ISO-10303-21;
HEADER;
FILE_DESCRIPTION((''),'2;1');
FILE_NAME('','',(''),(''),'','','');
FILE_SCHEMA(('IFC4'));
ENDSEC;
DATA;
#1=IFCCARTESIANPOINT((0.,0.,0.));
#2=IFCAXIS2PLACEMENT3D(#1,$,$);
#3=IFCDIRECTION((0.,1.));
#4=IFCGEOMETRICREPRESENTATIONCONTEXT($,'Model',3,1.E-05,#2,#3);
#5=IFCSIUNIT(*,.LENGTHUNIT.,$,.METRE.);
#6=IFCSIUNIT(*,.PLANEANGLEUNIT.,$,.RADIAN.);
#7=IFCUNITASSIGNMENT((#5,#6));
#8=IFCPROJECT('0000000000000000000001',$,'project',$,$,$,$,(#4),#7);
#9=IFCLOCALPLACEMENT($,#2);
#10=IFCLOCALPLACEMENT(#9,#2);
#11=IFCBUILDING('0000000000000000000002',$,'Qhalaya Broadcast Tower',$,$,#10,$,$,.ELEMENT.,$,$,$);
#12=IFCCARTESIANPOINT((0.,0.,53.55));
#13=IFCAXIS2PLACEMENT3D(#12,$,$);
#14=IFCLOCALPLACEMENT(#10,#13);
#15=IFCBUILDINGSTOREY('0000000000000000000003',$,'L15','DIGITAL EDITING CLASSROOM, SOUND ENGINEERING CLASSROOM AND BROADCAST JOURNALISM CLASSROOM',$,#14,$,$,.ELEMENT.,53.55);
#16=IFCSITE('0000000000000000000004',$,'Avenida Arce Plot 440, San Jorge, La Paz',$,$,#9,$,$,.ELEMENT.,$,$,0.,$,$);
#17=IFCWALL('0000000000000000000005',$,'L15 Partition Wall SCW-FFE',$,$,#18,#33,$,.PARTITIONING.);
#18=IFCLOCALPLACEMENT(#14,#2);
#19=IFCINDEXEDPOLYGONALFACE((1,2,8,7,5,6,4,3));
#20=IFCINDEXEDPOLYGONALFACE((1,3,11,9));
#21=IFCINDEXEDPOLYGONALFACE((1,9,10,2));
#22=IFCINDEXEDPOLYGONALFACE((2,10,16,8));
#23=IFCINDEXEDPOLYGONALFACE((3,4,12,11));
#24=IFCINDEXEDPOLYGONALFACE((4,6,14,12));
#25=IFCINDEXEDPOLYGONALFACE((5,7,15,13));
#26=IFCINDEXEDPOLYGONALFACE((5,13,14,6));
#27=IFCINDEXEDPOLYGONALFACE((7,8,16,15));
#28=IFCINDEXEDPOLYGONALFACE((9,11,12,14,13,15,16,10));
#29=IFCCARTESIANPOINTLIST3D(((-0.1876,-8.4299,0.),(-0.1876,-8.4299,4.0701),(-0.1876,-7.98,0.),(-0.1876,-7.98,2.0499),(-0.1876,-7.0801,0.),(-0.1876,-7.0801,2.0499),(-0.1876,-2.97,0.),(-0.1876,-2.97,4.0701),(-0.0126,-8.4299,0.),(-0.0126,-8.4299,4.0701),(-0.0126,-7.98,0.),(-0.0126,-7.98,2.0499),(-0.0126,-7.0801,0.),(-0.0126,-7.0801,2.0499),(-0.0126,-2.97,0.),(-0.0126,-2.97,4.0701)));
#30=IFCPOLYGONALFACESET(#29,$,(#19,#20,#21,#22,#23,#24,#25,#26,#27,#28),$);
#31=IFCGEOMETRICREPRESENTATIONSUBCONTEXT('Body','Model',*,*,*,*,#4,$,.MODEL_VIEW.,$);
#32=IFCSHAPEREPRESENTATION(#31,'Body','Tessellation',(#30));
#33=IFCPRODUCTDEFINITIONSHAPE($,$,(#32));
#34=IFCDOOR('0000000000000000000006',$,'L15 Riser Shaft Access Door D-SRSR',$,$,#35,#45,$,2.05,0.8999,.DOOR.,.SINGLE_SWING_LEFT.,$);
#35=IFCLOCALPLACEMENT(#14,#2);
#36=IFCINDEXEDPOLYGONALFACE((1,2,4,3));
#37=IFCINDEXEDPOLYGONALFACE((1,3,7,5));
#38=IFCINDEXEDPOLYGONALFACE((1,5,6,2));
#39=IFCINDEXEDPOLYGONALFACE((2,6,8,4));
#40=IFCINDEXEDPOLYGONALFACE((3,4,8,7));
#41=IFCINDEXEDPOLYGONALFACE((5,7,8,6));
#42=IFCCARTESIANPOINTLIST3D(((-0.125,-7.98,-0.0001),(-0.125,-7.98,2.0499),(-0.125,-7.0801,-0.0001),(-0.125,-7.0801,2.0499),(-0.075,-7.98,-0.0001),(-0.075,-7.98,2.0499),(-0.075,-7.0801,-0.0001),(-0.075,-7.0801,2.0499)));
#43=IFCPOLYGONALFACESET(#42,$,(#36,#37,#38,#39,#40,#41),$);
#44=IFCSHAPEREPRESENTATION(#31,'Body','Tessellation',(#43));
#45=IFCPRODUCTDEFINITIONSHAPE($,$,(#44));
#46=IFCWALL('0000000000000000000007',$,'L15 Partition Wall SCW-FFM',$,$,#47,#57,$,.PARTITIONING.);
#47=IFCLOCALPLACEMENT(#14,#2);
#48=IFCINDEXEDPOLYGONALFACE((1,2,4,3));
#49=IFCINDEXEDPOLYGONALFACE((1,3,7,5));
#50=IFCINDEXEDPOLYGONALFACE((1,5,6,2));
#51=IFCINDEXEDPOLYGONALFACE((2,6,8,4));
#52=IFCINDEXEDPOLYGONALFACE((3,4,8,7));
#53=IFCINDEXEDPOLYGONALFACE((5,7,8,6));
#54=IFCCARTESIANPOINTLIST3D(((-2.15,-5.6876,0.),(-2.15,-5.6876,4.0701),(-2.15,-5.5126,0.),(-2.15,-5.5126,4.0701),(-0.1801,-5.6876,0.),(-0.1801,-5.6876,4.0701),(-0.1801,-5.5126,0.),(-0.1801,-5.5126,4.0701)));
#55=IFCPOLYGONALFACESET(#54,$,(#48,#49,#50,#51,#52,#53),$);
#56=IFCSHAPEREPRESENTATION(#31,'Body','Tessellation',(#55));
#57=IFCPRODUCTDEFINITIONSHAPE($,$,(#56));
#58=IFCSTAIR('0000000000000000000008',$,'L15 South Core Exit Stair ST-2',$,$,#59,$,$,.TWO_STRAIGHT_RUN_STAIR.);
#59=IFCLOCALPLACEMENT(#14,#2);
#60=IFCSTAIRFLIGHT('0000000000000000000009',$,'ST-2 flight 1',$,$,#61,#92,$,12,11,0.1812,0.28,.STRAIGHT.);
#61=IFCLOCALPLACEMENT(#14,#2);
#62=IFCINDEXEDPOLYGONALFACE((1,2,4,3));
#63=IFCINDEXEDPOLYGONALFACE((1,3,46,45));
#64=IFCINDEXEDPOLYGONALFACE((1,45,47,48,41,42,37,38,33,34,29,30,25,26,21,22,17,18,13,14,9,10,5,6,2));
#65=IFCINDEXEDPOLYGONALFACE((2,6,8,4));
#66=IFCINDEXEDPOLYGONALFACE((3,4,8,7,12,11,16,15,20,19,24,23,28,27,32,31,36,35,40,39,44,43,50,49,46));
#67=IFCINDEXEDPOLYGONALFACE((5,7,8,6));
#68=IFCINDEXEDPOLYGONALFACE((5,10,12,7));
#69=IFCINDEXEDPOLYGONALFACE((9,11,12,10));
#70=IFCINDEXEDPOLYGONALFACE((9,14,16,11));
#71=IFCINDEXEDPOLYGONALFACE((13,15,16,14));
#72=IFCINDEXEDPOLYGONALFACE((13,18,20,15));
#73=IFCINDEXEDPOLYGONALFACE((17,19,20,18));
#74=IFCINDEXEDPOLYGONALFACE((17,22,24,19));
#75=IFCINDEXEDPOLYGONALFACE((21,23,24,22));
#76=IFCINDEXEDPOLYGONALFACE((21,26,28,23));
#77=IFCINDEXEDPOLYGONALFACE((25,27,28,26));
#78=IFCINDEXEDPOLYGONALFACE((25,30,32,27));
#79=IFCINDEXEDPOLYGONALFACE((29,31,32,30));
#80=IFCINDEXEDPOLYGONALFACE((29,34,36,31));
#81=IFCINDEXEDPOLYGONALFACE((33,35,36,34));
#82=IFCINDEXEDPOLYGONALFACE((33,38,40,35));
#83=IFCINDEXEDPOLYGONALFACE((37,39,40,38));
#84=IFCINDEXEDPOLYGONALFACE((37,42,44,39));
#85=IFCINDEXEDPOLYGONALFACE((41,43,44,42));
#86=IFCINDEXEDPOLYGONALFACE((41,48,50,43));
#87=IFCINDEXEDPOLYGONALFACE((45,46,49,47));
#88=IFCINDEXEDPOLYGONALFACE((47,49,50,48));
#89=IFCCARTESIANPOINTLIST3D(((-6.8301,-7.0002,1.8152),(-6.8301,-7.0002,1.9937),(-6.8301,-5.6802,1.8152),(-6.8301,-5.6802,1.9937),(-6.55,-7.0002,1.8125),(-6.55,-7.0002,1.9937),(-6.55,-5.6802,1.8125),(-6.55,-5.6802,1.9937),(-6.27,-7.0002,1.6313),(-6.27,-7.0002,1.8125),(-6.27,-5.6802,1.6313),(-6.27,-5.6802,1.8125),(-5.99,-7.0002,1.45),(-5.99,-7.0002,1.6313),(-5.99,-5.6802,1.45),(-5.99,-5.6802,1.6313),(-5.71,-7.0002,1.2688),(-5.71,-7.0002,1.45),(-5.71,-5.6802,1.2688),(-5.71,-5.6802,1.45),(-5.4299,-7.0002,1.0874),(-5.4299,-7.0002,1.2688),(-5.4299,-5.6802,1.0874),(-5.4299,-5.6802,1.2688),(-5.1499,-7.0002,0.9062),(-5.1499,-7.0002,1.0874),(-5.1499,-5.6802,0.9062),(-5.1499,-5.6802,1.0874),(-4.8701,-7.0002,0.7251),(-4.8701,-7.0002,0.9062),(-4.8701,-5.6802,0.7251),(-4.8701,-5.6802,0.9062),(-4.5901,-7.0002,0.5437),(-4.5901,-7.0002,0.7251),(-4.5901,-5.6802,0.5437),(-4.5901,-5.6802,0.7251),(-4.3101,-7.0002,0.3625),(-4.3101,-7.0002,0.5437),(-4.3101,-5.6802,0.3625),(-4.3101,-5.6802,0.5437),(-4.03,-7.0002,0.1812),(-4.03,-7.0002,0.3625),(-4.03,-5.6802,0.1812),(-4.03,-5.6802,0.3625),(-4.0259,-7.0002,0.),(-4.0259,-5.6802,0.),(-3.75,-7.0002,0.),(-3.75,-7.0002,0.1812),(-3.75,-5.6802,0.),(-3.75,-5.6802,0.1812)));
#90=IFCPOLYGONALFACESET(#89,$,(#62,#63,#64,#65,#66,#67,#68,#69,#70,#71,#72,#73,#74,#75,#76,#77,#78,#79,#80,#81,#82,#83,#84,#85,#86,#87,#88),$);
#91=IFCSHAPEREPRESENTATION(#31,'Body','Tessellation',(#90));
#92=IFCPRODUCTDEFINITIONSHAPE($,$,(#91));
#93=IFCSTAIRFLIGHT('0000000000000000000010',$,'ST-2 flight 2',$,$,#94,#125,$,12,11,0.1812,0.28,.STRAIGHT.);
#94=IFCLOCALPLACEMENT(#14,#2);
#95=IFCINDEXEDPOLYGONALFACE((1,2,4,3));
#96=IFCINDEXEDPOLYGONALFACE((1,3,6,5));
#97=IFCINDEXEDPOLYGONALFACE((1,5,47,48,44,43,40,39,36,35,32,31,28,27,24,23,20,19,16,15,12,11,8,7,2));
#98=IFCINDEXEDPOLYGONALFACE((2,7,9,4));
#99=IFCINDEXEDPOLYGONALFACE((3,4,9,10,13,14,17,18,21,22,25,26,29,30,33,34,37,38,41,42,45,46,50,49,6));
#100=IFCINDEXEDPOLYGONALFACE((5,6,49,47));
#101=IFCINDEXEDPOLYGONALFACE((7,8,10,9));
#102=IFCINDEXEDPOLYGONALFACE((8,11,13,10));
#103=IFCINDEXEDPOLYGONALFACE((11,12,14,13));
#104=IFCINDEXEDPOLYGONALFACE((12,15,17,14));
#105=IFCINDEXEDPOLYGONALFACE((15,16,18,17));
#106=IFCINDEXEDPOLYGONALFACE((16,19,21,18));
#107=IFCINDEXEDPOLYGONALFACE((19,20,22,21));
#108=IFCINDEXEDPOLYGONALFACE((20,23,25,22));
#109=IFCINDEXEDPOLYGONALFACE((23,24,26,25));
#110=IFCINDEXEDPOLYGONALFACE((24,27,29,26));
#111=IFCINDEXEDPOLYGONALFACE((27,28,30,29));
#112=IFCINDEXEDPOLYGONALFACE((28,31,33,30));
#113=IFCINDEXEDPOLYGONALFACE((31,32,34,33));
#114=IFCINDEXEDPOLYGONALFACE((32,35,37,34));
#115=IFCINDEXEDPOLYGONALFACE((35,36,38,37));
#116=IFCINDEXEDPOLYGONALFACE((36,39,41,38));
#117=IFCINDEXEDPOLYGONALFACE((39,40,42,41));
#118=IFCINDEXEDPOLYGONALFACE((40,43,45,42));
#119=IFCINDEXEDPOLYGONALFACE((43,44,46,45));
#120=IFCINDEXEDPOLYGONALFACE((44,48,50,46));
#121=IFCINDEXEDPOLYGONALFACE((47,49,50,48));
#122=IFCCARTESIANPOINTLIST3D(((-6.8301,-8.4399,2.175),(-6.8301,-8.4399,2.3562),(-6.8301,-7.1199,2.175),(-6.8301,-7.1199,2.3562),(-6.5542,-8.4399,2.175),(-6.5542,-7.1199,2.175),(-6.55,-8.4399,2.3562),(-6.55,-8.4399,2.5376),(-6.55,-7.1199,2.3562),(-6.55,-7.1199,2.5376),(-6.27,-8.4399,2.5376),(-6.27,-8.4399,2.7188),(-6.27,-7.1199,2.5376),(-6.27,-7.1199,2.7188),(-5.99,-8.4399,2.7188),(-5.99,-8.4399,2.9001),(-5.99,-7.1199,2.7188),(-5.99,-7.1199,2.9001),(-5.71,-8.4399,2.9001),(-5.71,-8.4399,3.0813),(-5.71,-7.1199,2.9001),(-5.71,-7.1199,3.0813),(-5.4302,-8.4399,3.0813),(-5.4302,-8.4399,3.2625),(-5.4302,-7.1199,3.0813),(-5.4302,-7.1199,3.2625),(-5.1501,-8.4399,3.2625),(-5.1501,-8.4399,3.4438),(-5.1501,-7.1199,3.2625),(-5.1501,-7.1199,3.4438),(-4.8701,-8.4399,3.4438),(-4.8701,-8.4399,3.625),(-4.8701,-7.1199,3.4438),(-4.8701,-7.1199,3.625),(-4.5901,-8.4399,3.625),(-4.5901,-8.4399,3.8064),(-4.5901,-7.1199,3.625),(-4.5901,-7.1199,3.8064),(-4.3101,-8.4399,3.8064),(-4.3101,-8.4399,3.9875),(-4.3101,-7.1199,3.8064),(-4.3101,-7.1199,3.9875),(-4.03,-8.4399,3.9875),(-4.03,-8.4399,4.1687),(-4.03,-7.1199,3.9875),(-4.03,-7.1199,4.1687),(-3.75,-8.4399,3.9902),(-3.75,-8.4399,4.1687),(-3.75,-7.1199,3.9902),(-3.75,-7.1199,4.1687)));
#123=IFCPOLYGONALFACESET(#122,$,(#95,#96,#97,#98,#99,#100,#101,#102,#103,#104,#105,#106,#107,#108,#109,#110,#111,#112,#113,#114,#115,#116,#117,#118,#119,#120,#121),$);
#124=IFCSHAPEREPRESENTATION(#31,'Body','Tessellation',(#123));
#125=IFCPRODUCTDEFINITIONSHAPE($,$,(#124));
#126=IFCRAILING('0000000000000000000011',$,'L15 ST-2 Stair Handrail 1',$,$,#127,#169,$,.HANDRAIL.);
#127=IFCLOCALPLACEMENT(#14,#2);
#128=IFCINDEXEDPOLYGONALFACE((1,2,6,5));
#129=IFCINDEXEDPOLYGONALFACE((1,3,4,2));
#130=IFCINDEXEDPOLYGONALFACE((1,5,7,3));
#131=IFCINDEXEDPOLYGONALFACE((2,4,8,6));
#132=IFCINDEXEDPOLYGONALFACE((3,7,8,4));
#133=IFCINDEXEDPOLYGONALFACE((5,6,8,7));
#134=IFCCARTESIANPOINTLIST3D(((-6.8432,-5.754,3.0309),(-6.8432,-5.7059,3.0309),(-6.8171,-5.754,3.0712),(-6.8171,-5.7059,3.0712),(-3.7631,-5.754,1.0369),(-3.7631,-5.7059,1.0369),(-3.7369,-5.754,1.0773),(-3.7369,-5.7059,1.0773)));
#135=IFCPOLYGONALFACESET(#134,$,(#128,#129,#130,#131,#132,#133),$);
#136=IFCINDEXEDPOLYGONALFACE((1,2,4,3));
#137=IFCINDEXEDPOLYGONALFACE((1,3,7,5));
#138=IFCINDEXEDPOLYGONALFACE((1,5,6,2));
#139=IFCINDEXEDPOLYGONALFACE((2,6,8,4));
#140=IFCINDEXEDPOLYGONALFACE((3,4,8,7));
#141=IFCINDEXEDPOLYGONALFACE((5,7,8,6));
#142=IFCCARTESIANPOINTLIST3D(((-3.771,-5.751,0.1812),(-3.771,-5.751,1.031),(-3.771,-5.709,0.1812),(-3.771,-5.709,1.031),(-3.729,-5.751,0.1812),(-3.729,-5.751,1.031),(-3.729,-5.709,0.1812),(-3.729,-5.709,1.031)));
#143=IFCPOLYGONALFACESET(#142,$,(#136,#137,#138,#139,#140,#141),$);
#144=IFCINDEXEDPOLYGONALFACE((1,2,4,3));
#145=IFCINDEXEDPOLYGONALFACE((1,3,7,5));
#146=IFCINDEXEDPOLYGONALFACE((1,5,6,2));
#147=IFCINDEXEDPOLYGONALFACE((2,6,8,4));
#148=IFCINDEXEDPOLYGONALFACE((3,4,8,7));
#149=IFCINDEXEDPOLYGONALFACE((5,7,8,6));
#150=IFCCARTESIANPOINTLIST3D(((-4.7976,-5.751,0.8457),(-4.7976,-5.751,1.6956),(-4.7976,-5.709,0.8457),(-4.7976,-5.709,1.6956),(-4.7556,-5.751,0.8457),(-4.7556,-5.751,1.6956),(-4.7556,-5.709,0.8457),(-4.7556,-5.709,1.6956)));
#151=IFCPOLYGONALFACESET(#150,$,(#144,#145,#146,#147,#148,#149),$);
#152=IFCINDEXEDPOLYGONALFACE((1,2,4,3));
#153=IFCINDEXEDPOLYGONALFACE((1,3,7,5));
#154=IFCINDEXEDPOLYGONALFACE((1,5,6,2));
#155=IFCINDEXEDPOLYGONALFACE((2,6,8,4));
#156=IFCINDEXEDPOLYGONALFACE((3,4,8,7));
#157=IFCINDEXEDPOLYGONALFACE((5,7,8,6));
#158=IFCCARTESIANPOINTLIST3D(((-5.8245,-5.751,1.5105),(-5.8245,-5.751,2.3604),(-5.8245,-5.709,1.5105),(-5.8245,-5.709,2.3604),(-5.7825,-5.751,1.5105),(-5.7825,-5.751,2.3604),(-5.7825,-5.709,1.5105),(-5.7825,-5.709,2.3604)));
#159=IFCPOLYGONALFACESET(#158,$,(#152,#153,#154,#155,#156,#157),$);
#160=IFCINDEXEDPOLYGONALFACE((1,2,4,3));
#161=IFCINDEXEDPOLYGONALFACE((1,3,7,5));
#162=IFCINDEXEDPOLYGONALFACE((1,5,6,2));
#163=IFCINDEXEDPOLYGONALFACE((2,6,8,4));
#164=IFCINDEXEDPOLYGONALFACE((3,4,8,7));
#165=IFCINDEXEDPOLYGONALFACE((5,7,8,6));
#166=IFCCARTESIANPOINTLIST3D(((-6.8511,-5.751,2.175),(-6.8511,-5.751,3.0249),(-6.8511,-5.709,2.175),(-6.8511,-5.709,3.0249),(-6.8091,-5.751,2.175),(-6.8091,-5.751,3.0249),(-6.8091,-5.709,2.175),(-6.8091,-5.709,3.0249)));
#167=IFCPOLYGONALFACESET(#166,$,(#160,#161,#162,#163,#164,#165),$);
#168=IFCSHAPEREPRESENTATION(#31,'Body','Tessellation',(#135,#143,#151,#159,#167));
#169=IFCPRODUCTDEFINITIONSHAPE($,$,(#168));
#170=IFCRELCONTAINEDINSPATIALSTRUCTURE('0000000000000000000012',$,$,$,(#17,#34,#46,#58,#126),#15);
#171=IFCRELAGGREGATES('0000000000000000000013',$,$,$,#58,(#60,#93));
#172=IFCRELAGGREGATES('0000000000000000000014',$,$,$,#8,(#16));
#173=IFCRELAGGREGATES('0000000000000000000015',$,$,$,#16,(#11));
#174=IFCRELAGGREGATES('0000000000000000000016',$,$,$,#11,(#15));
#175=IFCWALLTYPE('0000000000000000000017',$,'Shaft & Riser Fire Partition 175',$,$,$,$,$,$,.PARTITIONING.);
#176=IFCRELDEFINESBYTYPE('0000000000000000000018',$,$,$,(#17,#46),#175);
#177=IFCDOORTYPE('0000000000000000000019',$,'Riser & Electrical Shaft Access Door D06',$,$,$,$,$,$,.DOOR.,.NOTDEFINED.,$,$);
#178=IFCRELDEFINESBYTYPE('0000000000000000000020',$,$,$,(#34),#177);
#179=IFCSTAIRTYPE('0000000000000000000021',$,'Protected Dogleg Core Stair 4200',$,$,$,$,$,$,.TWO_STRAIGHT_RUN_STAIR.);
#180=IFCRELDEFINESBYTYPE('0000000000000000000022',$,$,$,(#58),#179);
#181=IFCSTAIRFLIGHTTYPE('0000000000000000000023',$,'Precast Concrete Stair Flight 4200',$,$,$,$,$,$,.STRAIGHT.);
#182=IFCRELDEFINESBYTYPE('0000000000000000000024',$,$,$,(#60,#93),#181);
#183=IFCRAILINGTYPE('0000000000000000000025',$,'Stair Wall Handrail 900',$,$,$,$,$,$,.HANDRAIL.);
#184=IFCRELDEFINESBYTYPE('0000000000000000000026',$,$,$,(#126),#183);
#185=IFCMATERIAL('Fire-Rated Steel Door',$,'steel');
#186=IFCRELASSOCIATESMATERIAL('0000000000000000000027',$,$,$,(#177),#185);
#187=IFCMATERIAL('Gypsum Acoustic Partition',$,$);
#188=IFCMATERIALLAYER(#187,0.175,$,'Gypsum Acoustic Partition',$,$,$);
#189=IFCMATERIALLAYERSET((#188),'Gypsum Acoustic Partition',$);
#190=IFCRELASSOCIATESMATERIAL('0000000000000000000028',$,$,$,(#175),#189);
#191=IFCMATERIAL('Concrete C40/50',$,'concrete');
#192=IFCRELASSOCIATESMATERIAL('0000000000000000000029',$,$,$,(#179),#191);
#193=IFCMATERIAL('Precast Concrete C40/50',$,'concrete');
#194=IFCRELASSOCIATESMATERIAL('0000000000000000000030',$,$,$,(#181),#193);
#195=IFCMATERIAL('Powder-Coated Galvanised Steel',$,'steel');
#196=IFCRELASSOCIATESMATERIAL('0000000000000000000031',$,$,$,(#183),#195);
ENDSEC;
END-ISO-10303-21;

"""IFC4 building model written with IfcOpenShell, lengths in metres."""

from ifc_helpers import new_model, si_unit, direction, frame, frame_2d, origin, origin_2d, place, context, subcontext, project, spatial, polyline, rectangle, outline, extrude, material, layer, layer_set, type_object, element, fill, aggregate, save


model = new_model("IFC4")

# Units and contexts
model_context = context("Model", 3, precision=1e-05, world=origin(), true_north=direction((0.0, 1.0)))
body_context = subcontext(model_context, "Body", "Model", "MODEL_VIEW")
ifc_project = project(units=[si_unit("LENGTHUNIT", "METRE"), si_unit("PLANEANGLEUNIT", "RADIAN")], contexts=[model_context])

# Site, building, storey
site_placement = place(None, origin())
site = spatial("IfcSite", under=ifc_project, at=site_placement, Name="Avenida Arce Plot 440, San Jorge, La Paz", CompositionType="ELEMENT", RefElevation=0.0)
building_placement = place(site_placement, origin())
building = spatial("IfcBuilding", under=site, at=building_placement, Name="Qhalaya Broadcast Tower", CompositionType="ELEMENT")
storey_placement = place(building_placement, frame((0.0, 0.0, 53.55)))
storey = spatial("IfcBuildingStorey", under=building, at=storey_placement, Name="L15", Description="DIGITAL EDITING CLASSROOM, SOUND ENGINEERING CLASSROOM AND BROADCAST JOURNALISM CLASSROOM", CompositionType="ELEMENT", Elevation=53.55)

# Shared definitions
ifc_material_1 = material(Name="Fire-Rated Steel Door", Category="steel")

# Shared definitions
door_type_1 = type_object("IfcDoorType", Name="Riser & Electrical Shaft Access Door D06", OperationType="NOTDEFINED", PredefinedType="DOOR", material=ifc_material_1)

# Wall, opening, door
ifc_material_2 = material(Name="Gypsum Acoustic Partition")
ifc_layer_1 = layer(ifc_material_2, 0.175, Name="Gypsum Acoustic Partition")
ifc_layer_set_1 = layer_set([ifc_layer_1], Name="Gypsum Acoustic Partition")
wall_type_1 = type_object("IfcWallType", Name="Shaft & Riser Fire Partition 175", PredefinedType="PARTITIONING", material=ifc_layer_set_1)
wall_1_placement = place(storey_placement, frame((-0.1001, -8.4299, 0.0), z_axis=(0.0, 0.0, 1.0), x_axis=(0.0, 1.0, 0.0)))
wall_1 = element("IfcWall", 1, at=wall_1_placement, inside=storey, type_object=wall_type_1, Name="L15 Partition Wall SCW-FFE", PredefinedType="PARTITIONING", context=body_context, shape_type="SweptSolid", body=[
    extrude(rectangle(XDim=5.46, YDim=0.175, at=frame_2d((2.73, 0.0))), origin(), (0.0, 0.0, 1.0), 4.0701),
])
opening_1_placement = place(wall_1_placement, frame((0.45, 0.0, 0.0)))
opening_1 = element("IfcOpeningElement", 2, at=opening_1_placement, cuts=wall_1, PredefinedType="OPENING", context=body_context, shape_type="SweptSolid", body=[
    extrude(rectangle(XDim=0.8999, YDim=2.05, at=frame_2d((0.45, 1.0249))), frame((0.0, 0.0996, 0.0), z_axis=(0.0, -1.0, 0.0), x_axis=(1.0, 0.0, 0.0)), (0.0, 0.0, 1.0), 0.199),
])
door_1_placement = place(opening_1_placement, origin())
door_1 = element("IfcDoor", 3, at=door_1_placement, inside=storey, type_object=door_type_1, Name="L15 Riser Shaft Access Door D-SRSR", OperationType="SINGLE_SWING_LEFT", OverallHeight=2.05, OverallWidth=0.8999, PredefinedType="DOOR", context=body_context, shape_type="SweptSolid", body=[
    extrude(rectangle(XDim=0.8999, YDim=2.05, at=frame_2d((0.45, 1.0249))), frame((0.0, 0.0249, 0.0), z_axis=(0.0, -1.0, 0.0), x_axis=(1.0, 0.0, 0.0)), (0.0, 0.0, 1.0), 0.05),
])
fill(opening_1, door_1)

# Wall
wall_2_placement = place(storey_placement, frame((-2.1499, -5.6001, 0.0), z_axis=(0.0, 0.0, 1.0), x_axis=(1.0, 0.0, 0.0)))
element("IfcWall", 4, at=wall_2_placement, inside=storey, type_object=wall_type_1, Name="L15 Partition Wall SCW-FFM", PredefinedType="PARTITIONING", context=body_context, shape_type="SweptSolid", body=[
    extrude(rectangle(XDim=1.97, YDim=0.175, at=frame_2d((0.9849, 0.0))), origin(), (0.0, 0.0, 1.0), 4.0701),
])

# Stair, stair flights
ifc_material_3 = material(Name="Concrete C40/50", Category="concrete")
stair_type = type_object("IfcStairType", Name="Protected Dogleg Core Stair 4200", PredefinedType="TWO_STRAIGHT_RUN_STAIR", material=ifc_material_3)
stair_placement = place(storey_placement, origin())
stair = element("IfcStair", 5, at=stair_placement, inside=storey, type_object=stair_type, Name="L15 South Core Exit Stair ST-2", PredefinedType="TWO_STRAIGHT_RUN_STAIR")
ifc_material_4 = material(Name="Precast Concrete C40/50", Category="concrete")
stair_flight_type = type_object("IfcStairFlightType", Name="Precast Concrete Stair Flight 4200", PredefinedType="STRAIGHT", material=ifc_material_4)
stair_flight_1_placement = place(storey_placement, frame((-3.75, -6.3401, 0.0), z_axis=(0.0, 0.0, 1.0), x_axis=(-1.0, 0.0, 0.0)))
stair_flight_1 = element("IfcStairFlight", 6, at=stair_flight_1_placement, type_object=stair_flight_type, Name="ST-2 flight 1", NumberOfRisers=12, NumberOfTreads=11, PredefinedType="STRAIGHT", RiserHeight=0.1812, TreadLength=0.28, context=body_context, shape_type="SweptSolid", body=[
    extrude(outline(polyline([(0.0, 0.0), (0.0, 0.1812), (0.28, 0.1812), (0.28, 0.3625), (0.5601, 0.3625), (0.5601, 0.5437), (0.8401, 0.5437), (0.8401, 0.7251), (1.1201, 0.7251), (1.1201, 0.9062), (1.3999, 0.9062), (1.3999, 1.0874), (1.6799, 1.0874), (1.6799, 1.2688), (1.96, 1.2688), (1.96, 1.45), (2.24, 1.45), (2.24, 1.6313), (2.52, 1.6313), (2.52, 1.8125), (2.8, 1.8125), (2.8, 1.9937), (3.0801, 1.9937), (3.0801, 2.175), (3.0801, 1.8152), (0.2759, 0.0), (0.0, 0.0)])), frame((0.0, 0.6602, 0.0), z_axis=(0.0, -1.0, 0.0), x_axis=(1.0, 0.0, 0.0)), (0.0, 0.0, 1.0), 1.3201),
])
stair_flight_2_placement = place(storey_placement, frame((-6.8301, -7.78, 2.175), z_axis=(0.0, 0.0, 1.0), x_axis=(1.0, 0.0, 0.0)))
stair_flight_2 = element("IfcStairFlight", 7, at=stair_flight_2_placement, type_object=stair_flight_type, Name="ST-2 flight 2", NumberOfRisers=12, NumberOfTreads=11, PredefinedType="STRAIGHT", RiserHeight=0.1812, TreadLength=0.28, context=body_context, shape_type="SweptSolid", body=[
    extrude(outline(polyline([(0.0, 0.0), (0.0, 0.1812), (0.28, 0.1812), (0.28, 0.3625), (0.5601, 0.3625), (0.5601, 0.5437), (0.8401, 0.5437), (0.8401, 0.7251), (1.1201, 0.7251), (1.1201, 0.9062), (1.3999, 0.9062), (1.3999, 1.0874), (1.6799, 1.0874), (1.6799, 1.2688), (1.96, 1.2688), (1.96, 1.45), (2.24, 1.45), (2.24, 1.6313), (2.52, 1.6313), (2.52, 1.8125), (2.8, 1.8125), (2.8, 1.9937), (3.0801, 1.9937), (3.0801, 2.175), (3.0801, 1.8152), (0.2759, 0.0), (0.0, 0.0)])), frame((0.0, 0.6602, 0.0), z_axis=(0.0, -1.0, 0.0), x_axis=(1.0, 0.0, 0.0)), (0.0, 0.0, 1.0), 1.3201),
])
aggregate(stair, [stair_flight_1, stair_flight_2])

# Railing
ifc_material_5 = material(Name="Powder-Coated Galvanised Steel", Category="steel")
railing_type_1 = type_object("IfcRailingType", Name="Stair Wall Handrail 900", PredefinedType="HANDRAIL", material=ifc_material_5)
railing_1_placement = place(storey_placement, frame((-3.75, -5.73, 0.1812)))
element("IfcRailing", 8, at=railing_1_placement, inside=storey, type_object=railing_type_1, Name="L15 ST-2 Stair Handrail 1", PredefinedType="HANDRAIL", context=body_context, shape_type="SweptSolid", body=[
    extrude(rectangle(XDim=0.0481, YDim=0.0481, at=origin_2d()), frame((0.0, 0.0, 0.876), z_axis=(-0.839458, 0.0, 0.543425), x_axis=(0.0, -1.0, 0.0)), (0.0, 0.0, 1.0), 3.6692),
    extrude(rectangle(XDim=0.042, YDim=0.042, at=origin_2d()), origin(), (0.0, 0.0, 1.0), 0.8499),
    extrude(rectangle(XDim=0.042, YDim=0.042, at=origin_2d()), frame((-1.0266, 0.0, 0.6646)), (0.0, 0.0, 1.0), 0.8499),
    extrude(rectangle(XDim=0.042, YDim=0.042, at=origin_2d()), frame((-2.0535, 0.0, 1.3293)), (0.0, 0.0, 1.0), 0.8499),
    extrude(rectangle(XDim=0.042, YDim=0.042, at=origin_2d()), frame((-3.0801, 0.0, 1.9939)), (0.0, 0.0, 1.0), 0.8499),
])

save(model, "model.ifc")
